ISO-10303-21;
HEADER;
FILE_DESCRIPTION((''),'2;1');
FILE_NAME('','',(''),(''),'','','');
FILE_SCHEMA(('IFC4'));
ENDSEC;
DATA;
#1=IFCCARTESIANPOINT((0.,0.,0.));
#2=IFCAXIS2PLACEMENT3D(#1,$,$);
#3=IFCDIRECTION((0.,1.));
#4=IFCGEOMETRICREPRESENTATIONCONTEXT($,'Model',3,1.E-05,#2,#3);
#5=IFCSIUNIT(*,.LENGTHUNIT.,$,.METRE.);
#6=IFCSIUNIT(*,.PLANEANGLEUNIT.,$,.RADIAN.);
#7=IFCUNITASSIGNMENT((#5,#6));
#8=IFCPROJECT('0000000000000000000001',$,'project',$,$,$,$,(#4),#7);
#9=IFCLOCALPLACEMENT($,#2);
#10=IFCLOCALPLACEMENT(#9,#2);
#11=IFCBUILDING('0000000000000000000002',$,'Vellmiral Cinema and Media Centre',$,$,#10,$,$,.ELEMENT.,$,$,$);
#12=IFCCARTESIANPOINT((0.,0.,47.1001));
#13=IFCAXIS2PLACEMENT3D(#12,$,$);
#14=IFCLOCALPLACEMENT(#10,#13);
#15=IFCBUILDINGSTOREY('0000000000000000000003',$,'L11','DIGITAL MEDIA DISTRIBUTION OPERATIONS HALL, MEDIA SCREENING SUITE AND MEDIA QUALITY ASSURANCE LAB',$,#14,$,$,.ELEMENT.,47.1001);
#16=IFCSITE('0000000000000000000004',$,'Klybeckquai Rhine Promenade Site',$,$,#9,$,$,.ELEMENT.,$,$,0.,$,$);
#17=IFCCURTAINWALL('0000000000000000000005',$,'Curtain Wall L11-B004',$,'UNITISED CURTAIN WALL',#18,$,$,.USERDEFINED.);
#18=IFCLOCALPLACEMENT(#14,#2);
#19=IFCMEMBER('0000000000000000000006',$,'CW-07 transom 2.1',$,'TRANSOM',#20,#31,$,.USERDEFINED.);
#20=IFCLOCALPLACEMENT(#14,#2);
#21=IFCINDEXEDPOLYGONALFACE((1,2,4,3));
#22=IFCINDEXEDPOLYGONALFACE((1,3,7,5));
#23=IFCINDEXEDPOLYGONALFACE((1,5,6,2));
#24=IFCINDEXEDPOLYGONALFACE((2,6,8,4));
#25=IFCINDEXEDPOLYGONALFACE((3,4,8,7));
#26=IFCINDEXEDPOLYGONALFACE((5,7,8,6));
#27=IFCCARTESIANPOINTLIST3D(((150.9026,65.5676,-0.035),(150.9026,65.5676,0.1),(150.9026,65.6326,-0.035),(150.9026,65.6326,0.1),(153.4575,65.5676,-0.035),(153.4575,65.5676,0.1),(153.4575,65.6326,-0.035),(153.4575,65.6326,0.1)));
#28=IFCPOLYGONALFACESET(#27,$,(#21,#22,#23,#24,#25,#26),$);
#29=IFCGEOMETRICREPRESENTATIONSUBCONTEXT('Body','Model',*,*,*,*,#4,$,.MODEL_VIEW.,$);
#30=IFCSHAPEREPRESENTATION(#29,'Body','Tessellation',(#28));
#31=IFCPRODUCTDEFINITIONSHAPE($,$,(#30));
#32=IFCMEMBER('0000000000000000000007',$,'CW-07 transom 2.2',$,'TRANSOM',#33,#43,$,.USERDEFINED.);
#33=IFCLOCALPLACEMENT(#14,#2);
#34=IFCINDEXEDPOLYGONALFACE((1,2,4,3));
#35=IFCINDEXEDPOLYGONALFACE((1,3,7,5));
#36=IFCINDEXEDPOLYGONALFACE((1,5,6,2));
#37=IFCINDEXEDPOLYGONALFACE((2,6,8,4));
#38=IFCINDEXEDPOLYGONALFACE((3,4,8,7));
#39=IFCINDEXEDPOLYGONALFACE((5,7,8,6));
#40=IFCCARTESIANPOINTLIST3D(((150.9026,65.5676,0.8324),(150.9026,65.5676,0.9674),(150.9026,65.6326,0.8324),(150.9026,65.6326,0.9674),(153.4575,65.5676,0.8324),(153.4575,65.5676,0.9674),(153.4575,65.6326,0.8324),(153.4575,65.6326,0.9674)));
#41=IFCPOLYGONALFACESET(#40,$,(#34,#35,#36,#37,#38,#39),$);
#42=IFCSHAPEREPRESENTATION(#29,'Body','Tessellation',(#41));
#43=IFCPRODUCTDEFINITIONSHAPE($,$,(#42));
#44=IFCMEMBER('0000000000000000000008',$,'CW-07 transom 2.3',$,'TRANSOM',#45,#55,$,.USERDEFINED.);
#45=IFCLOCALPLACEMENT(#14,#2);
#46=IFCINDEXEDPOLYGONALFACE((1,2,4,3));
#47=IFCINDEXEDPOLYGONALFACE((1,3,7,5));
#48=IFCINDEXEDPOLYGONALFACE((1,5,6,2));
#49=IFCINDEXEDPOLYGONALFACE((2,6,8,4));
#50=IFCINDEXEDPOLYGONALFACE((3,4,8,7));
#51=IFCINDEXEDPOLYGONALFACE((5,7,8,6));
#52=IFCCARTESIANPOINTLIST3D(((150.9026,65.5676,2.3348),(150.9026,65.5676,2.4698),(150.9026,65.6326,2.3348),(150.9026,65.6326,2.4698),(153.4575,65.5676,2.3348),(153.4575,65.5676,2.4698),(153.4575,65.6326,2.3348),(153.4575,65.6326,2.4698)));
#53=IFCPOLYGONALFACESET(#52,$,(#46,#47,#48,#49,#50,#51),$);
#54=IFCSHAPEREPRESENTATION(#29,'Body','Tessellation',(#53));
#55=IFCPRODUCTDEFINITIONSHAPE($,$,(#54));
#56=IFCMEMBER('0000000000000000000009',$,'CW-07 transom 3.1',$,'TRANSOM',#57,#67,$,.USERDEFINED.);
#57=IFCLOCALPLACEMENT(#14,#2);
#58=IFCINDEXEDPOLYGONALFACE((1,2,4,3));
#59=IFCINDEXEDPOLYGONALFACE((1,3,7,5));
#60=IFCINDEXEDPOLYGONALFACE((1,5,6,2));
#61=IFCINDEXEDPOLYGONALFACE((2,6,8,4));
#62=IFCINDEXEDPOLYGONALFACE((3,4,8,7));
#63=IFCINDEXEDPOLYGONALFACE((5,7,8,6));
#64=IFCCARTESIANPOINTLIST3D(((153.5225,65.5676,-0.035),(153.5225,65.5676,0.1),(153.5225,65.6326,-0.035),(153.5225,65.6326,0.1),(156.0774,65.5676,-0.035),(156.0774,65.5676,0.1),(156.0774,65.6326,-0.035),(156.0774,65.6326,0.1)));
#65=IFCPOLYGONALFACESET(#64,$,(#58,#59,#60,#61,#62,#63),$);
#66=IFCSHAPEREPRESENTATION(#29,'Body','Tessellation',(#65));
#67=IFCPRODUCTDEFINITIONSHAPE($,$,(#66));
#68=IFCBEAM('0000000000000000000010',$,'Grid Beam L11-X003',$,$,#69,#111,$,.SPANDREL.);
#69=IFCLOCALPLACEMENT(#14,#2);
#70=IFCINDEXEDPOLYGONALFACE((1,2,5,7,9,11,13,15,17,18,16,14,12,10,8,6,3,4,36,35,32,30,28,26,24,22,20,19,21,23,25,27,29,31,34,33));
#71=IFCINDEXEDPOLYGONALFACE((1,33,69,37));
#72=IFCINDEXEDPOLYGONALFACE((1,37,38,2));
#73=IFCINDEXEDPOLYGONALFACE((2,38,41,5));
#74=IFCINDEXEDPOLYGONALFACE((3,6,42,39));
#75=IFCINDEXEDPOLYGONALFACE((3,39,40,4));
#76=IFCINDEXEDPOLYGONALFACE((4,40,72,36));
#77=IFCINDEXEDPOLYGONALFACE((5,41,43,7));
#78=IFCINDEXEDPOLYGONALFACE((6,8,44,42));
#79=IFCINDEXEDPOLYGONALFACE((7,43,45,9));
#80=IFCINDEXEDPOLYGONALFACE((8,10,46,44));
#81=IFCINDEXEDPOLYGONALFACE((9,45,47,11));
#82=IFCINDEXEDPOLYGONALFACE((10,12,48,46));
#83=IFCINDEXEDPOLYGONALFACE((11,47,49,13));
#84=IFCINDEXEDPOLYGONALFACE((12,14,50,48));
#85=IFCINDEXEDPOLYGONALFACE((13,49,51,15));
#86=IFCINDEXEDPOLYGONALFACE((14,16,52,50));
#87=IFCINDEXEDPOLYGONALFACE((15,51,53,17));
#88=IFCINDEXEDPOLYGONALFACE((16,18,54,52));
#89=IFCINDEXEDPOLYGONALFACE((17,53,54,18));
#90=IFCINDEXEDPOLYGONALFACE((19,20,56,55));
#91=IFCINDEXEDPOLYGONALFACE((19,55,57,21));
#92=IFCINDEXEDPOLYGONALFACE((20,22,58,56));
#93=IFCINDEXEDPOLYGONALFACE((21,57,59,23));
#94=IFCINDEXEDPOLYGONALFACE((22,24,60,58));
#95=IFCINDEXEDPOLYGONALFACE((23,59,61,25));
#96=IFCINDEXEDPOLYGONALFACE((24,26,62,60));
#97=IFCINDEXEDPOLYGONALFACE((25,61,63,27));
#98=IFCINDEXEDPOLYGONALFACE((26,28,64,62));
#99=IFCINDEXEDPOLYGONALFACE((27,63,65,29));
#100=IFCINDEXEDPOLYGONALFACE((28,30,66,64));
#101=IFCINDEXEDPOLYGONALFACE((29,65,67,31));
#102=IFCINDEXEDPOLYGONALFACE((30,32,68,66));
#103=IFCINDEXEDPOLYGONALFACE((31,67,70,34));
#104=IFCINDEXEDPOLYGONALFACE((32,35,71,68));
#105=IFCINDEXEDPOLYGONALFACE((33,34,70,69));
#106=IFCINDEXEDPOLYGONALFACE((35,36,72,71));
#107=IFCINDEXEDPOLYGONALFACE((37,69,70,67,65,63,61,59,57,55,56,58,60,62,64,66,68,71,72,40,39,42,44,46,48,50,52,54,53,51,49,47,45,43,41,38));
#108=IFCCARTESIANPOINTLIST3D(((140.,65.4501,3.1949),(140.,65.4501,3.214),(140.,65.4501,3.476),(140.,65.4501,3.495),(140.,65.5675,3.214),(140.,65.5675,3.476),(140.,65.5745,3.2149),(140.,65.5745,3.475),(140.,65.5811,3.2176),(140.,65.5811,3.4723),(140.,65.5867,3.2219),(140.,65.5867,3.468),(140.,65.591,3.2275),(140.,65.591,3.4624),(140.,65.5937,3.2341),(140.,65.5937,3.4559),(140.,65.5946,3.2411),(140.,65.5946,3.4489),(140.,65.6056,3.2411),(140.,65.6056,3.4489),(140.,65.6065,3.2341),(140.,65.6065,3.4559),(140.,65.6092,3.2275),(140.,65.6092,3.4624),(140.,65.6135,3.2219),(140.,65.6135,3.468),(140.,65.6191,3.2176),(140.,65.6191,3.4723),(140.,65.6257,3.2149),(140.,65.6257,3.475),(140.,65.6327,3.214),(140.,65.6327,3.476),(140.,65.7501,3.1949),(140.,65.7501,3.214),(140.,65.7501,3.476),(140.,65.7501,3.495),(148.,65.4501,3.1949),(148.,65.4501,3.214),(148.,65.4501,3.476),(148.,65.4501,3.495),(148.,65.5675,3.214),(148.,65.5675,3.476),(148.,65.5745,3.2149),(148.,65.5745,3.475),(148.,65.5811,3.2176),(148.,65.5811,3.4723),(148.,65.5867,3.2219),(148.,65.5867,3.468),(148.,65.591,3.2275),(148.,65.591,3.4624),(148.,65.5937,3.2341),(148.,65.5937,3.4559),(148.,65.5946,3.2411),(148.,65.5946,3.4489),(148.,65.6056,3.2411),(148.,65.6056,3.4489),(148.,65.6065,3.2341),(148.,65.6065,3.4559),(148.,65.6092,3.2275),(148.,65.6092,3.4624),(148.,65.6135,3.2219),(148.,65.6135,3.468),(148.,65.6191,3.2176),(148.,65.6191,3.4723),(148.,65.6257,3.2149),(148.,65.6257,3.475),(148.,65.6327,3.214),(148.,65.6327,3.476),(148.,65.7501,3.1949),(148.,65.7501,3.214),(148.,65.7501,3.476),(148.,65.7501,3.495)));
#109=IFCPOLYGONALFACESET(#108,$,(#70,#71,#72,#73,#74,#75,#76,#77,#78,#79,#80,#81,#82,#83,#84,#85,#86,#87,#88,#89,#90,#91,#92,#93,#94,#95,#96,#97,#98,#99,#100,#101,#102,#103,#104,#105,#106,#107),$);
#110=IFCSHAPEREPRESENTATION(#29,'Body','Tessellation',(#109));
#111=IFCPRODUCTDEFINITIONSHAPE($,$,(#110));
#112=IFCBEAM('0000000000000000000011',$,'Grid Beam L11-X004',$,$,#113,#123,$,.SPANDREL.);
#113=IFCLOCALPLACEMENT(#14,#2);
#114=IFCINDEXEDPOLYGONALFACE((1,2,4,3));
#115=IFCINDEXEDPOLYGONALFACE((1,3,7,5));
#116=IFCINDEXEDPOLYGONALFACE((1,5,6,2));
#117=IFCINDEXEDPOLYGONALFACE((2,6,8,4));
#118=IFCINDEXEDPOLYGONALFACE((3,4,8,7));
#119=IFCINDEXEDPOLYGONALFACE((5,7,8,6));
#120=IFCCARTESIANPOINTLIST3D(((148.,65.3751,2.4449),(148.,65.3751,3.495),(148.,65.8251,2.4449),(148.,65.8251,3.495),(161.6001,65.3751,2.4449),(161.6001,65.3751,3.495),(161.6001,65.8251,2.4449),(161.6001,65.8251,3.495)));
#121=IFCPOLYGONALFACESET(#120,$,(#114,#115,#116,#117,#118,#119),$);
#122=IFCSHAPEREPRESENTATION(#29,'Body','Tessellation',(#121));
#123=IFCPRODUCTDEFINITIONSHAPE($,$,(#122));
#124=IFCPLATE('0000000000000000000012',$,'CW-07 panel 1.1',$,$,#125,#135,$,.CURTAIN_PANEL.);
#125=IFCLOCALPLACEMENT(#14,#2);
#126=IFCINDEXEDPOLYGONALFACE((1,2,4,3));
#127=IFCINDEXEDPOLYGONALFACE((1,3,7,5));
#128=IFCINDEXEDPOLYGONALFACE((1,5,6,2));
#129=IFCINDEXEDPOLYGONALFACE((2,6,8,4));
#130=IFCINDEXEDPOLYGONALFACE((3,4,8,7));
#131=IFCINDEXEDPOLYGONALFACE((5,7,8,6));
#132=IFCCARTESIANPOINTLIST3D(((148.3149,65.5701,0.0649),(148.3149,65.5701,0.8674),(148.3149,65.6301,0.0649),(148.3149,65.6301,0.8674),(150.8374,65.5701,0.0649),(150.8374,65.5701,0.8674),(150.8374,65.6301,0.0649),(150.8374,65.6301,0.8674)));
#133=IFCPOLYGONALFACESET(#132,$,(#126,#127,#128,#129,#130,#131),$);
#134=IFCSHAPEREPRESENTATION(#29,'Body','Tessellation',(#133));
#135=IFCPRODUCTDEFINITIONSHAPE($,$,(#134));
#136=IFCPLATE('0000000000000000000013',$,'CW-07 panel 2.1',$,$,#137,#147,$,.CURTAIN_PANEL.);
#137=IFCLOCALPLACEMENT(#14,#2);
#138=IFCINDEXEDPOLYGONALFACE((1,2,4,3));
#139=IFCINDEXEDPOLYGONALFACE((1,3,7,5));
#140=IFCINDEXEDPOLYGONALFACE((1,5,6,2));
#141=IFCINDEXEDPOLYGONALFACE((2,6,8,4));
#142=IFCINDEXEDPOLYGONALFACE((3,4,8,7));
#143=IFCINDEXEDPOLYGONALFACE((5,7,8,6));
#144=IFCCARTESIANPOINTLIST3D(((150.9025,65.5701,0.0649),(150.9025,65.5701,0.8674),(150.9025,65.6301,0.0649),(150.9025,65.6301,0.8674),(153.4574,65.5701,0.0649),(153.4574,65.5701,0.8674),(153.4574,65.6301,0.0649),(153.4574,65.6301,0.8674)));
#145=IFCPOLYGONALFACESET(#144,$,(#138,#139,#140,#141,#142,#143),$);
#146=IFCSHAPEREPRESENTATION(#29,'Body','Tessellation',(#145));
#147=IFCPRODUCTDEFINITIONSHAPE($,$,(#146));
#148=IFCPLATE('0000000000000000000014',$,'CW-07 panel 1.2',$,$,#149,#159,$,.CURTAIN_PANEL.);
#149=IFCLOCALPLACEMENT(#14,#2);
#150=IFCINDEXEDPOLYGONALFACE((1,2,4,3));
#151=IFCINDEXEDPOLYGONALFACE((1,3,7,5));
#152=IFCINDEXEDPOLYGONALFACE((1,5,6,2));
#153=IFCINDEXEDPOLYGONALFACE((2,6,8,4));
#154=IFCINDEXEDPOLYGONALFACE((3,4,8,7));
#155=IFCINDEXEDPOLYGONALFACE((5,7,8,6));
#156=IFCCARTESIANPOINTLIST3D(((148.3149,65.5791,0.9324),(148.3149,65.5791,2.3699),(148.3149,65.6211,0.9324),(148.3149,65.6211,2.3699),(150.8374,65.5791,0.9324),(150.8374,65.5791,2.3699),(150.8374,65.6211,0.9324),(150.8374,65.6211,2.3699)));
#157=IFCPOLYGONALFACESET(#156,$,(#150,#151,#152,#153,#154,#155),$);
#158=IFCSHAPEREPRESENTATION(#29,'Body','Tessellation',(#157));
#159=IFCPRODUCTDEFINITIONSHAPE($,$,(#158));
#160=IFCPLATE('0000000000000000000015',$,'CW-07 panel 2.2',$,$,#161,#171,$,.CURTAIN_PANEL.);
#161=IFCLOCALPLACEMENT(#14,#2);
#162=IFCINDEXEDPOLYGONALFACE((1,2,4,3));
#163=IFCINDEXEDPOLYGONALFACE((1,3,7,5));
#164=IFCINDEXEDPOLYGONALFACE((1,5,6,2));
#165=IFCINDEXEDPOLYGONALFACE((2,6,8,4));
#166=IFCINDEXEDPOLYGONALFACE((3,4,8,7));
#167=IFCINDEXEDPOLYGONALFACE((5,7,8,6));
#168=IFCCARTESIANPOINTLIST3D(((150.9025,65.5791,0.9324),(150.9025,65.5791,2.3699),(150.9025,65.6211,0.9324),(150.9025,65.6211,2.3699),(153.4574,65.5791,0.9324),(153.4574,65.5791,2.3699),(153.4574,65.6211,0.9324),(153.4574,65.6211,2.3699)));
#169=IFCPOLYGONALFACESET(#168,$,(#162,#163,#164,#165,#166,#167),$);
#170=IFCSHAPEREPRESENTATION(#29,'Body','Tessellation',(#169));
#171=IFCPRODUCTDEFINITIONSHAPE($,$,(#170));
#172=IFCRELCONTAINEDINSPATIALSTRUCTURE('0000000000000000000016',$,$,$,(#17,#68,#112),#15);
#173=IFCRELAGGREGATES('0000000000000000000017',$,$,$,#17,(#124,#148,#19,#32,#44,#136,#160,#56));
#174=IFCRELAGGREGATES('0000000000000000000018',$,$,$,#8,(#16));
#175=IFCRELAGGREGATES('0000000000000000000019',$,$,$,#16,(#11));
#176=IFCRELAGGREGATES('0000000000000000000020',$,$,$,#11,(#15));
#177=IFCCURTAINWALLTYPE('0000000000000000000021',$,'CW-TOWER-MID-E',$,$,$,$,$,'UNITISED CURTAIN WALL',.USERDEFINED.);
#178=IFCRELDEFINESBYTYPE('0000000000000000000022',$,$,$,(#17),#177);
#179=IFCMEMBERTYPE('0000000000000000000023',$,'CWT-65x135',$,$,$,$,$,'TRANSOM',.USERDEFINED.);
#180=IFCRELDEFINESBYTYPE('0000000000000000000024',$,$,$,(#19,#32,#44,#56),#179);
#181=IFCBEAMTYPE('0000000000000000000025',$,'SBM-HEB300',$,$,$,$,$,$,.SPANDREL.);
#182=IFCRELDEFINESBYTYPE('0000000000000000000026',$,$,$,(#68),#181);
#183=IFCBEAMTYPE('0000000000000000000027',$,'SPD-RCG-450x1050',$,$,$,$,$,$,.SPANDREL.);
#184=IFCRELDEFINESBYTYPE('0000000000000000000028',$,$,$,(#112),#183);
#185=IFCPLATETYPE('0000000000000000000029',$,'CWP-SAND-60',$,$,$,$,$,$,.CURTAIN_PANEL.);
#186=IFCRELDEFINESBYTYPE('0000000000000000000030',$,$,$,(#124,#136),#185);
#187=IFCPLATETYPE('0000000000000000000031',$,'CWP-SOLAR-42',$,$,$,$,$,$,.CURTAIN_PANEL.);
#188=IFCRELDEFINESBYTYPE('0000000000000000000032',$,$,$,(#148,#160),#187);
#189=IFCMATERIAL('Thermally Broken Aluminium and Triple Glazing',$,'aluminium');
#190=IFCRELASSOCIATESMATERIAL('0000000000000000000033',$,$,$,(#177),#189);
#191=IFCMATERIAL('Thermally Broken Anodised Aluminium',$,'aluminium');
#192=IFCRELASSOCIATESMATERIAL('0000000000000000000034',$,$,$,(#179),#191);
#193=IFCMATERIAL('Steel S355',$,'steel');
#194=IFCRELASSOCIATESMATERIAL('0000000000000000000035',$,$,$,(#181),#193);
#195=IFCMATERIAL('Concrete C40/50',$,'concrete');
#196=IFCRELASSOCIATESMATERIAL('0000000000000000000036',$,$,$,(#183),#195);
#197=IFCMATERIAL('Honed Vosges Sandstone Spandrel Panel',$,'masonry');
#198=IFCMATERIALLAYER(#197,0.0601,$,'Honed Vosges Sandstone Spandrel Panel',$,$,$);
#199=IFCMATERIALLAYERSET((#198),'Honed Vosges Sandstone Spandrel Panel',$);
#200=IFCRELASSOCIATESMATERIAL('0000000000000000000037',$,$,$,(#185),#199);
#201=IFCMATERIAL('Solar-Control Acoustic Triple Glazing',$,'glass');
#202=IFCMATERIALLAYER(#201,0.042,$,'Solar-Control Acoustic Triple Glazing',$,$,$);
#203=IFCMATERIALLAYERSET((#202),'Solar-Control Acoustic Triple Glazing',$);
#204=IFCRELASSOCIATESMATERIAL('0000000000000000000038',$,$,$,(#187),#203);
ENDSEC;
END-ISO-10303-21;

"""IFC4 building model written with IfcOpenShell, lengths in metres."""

from ifc_helpers import new_model, si_unit, direction, frame, origin, origin_2d, place, context, subcontext, project, spatial, rectangle, i_section, extrude, material, layer, layer_set, material_profile, profile_set, type_object, element, aggregate, save


model = new_model("IFC4")

# Units and contexts
model_context = context("Model", 3, precision=1e-05, world=origin(), true_north=direction((0.0, 1.0)))
body_context = subcontext(model_context, "Body", "Model", "MODEL_VIEW")
ifc_project = project(units=[si_unit("LENGTHUNIT", "METRE"), si_unit("PLANEANGLEUNIT", "RADIAN")], contexts=[model_context])

# Site, building, storey
site_placement = place(None, origin())
site = spatial("IfcSite", under=ifc_project, at=site_placement, Name="Klybeckquai Rhine Promenade Site", CompositionType="ELEMENT", RefElevation=0.0)
building_placement = place(site_placement, origin())
building = spatial("IfcBuilding", under=site, at=building_placement, Name="Vellmiral Cinema and Media Centre", CompositionType="ELEMENT")
storey_placement = place(building_placement, frame((0.0, 0.0, 47.1001)))
storey = spatial("IfcBuildingStorey", under=building, at=storey_placement, Name="L11", Description="DIGITAL MEDIA DISTRIBUTION OPERATIONS HALL, MEDIA SCREENING SUITE AND MEDIA QUALITY ASSURANCE LAB", CompositionType="ELEMENT", Elevation=47.1001)

# Curtain wall, members
ifc_material_1 = material(Name="Thermally Broken Aluminium and Triple Glazing", Category="aluminium")
curtain_wall_type = type_object("IfcCurtainWallType", Name="CW-TOWER-MID-E", ElementType="UNITISED CURTAIN WALL", PredefinedType="USERDEFINED", material=ifc_material_1)
curtain_wall_placement = place(storey_placement, origin())
curtain_wall = element("IfcCurtainWall", 1, at=curtain_wall_placement, inside=storey, type_object=curtain_wall_type, Name="Curtain Wall L11-B004", ObjectType="UNITISED CURTAIN WALL", PredefinedType="USERDEFINED")
ifc_material_2 = material(Name="Thermally Broken Anodised Aluminium", Category="aluminium")
ifc_material_profile_1 = material_profile(ifc_material_2, rectangle(XDim=0.0649, YDim=0.135, at=origin_2d()), Name="MULL 65x135")
ifc_profile_set_1 = profile_set([ifc_material_profile_1], Name="Thermally Broken Anodised Aluminium")
member_type_1 = type_object("IfcMemberType", Name="CWT-65x135", ElementType="TRANSOM", PredefinedType="USERDEFINED", material=ifc_profile_set_1)
member_1_placement = place(storey_placement, frame((150.9026, 65.6001, 0.0325), z_axis=(1.0, 0.0, 0.0), x_axis=(0.0, 1.0, 0.0)))
member_1 = element("IfcMember", 2, at=member_1_placement, type_object=member_type_1, Name="CW-07 transom 2.1", ObjectType="TRANSOM", PredefinedType="USERDEFINED", context=body_context, shape_type="SweptSolid", body=[
    extrude(rectangle(XDim=0.0649, YDim=0.135, at=origin_2d()), origin(), (0.0, 0.0, 1.0), 2.5549),
])
member_2_placement = place(storey_placement, frame((150.9026, 65.6001, 0.8999), z_axis=(1.0, 0.0, 0.0), x_axis=(0.0, 1.0, 0.0)))
member_2 = element("IfcMember", 3, at=member_2_placement, type_object=member_type_1, Name="CW-07 transom 2.2", ObjectType="TRANSOM", PredefinedType="USERDEFINED", context=body_context, shape_type="SweptSolid", body=[
    extrude(rectangle(XDim=0.0649, YDim=0.135, at=origin_2d()), origin(), (0.0, 0.0, 1.0), 2.5549),
])
member_3_placement = place(storey_placement, frame((150.9026, 65.6001, 2.4023), z_axis=(1.0, 0.0, 0.0), x_axis=(0.0, 1.0, 0.0)))
member_3 = element("IfcMember", 4, at=member_3_placement, type_object=member_type_1, Name="CW-07 transom 2.3", ObjectType="TRANSOM", PredefinedType="USERDEFINED", context=body_context, shape_type="SweptSolid", body=[
    extrude(rectangle(XDim=0.0649, YDim=0.135, at=origin_2d()), origin(), (0.0, 0.0, 1.0), 2.5549),
])
member_4_placement = place(storey_placement, frame((153.5225, 65.6001, 0.0325), z_axis=(1.0, 0.0, 0.0), x_axis=(0.0, 1.0, 0.0)))
member_4 = element("IfcMember", 5, at=member_4_placement, type_object=member_type_1, Name="CW-07 transom 3.1", ObjectType="TRANSOM", PredefinedType="USERDEFINED", context=body_context, shape_type="SweptSolid", body=[
    extrude(rectangle(XDim=0.0649, YDim=0.135, at=origin_2d()), origin(), (0.0, 0.0, 1.0), 2.5549),
])

# Beams
ifc_material_3 = material(Name="Steel S355", Category="steel")
ifc_material_profile_2 = material_profile(ifc_material_3, i_section(OverallWidth=0.3, OverallDepth=0.3, WebThickness=0.011, FlangeThickness=0.019, FilletRadius=0.0271, at=origin_2d()), Name="HEB 300")
ifc_profile_set_2 = profile_set([ifc_material_profile_2], Name="Steel S355")
beam_type_1 = type_object("IfcBeamType", Name="SBM-HEB300", PredefinedType="SPANDREL", material=ifc_profile_set_2)
beam_1_placement = place(storey_placement, frame((140.0, 65.6001, 3.345), z_axis=(1.0, 0.0, 0.0), x_axis=(0.0, 1.0, 0.0)))
element("IfcBeam", 6, at=beam_1_placement, inside=storey, type_object=beam_type_1, Name="Grid Beam L11-X003", PredefinedType="SPANDREL", context=body_context, shape_type="SweptSolid", body=[
    extrude(i_section(OverallWidth=0.3, OverallDepth=0.3, WebThickness=0.011, FlangeThickness=0.019, FilletRadius=0.0271, at=origin_2d()), origin(), (0.0, 0.0, 1.0), 8.0),
])
ifc_material_4 = material(Name="Concrete C40/50", Category="concrete")
ifc_material_profile_3 = material_profile(ifc_material_4, rectangle(XDim=0.45, YDim=1.05, at=origin_2d()), Name="RC 450x1050")
ifc_profile_set_3 = profile_set([ifc_material_profile_3], Name="Concrete C40/50")
beam_type_2 = type_object("IfcBeamType", Name="SPD-RCG-450x1050", PredefinedType="SPANDREL", material=ifc_profile_set_3)
beam_2_placement = place(storey_placement, frame((148.0, 65.6001, 2.97), z_axis=(1.0, 0.0, 0.0), x_axis=(0.0, 1.0, 0.0)))
element("IfcBeam", 7, at=beam_2_placement, inside=storey, type_object=beam_type_2, Name="Grid Beam L11-X004", PredefinedType="SPANDREL", context=body_context, shape_type="SweptSolid", body=[
    extrude(rectangle(XDim=0.45, YDim=1.05, at=origin_2d()), origin(), (0.0, 0.0, 1.0), 13.6001),
])

# Plates
ifc_material_5 = material(Name="Honed Vosges Sandstone Spandrel Panel", Category="masonry")
ifc_layer_1 = layer(ifc_material_5, 0.0601, Name="Honed Vosges Sandstone Spandrel Panel")
ifc_layer_set_1 = layer_set([ifc_layer_1], Name="Honed Vosges Sandstone Spandrel Panel")
plate_type_1 = type_object("IfcPlateType", Name="CWP-SAND-60", PredefinedType="CURTAIN_PANEL", material=ifc_layer_set_1)
plate_1_placement = place(storey_placement, frame((149.5762, 65.6001, 0.0649), z_axis=(0.0, 0.0, 1.0), x_axis=(1.0, 0.0, 0.0)))
plate_1 = element("IfcPlate", 8, at=plate_1_placement, type_object=plate_type_1, Name="CW-07 panel 1.1", PredefinedType="CURTAIN_PANEL", context=body_context, shape_type="SweptSolid", body=[
    extrude(rectangle(XDim=2.5225, YDim=0.0601, at=origin_2d()), origin(), (0.0, 0.0, 1.0), 0.8025),
])
plate_2_placement = place(storey_placement, frame((152.1799, 65.6001, 0.0649), z_axis=(0.0, 0.0, 1.0), x_axis=(1.0, 0.0, 0.0)))
plate_2 = element("IfcPlate", 9, at=plate_2_placement, type_object=plate_type_1, Name="CW-07 panel 2.1", PredefinedType="CURTAIN_PANEL", context=body_context, shape_type="SweptSolid", body=[
    extrude(rectangle(XDim=2.5549, YDim=0.0601, at=origin_2d()), origin(), (0.0, 0.0, 1.0), 0.8025),
])
ifc_material_6 = material(Name="Solar-Control Acoustic Triple Glazing", Category="glass")
ifc_layer_2 = layer(ifc_material_6, 0.042, Name="Solar-Control Acoustic Triple Glazing")
ifc_layer_set_2 = layer_set([ifc_layer_2], Name="Solar-Control Acoustic Triple Glazing")
plate_type_2 = type_object("IfcPlateType", Name="CWP-SOLAR-42", PredefinedType="CURTAIN_PANEL", material=ifc_layer_set_2)
plate_3_placement = place(storey_placement, frame((149.5762, 65.6001, 0.9324), z_axis=(0.0, 0.0, 1.0), x_axis=(1.0, 0.0, 0.0)))
plate_3 = element("IfcPlate", 10, at=plate_3_placement, type_object=plate_type_2, Name="CW-07 panel 1.2", PredefinedType="CURTAIN_PANEL", context=body_context, shape_type="SweptSolid", body=[
    extrude(rectangle(XDim=2.5225, YDim=0.042, at=origin_2d()), origin(), (0.0, 0.0, 1.0), 1.4375),
])
plate_4_placement = place(storey_placement, frame((152.1799, 65.6001, 0.9324), z_axis=(0.0, 0.0, 1.0), x_axis=(1.0, 0.0, 0.0)))
plate_4 = element("IfcPlate", 11, at=plate_4_placement, type_object=plate_type_2, Name="CW-07 panel 2.2", PredefinedType="CURTAIN_PANEL", context=body_context, shape_type="SweptSolid", body=[
    extrude(rectangle(XDim=2.5549, YDim=0.042, at=origin_2d()), origin(), (0.0, 0.0, 1.0), 1.4375),
])
aggregate(curtain_wall, [plate_1, plate_3, member_1, member_2, member_3, plate_2, plate_4, member_4])

save(model, "model.ifc")
